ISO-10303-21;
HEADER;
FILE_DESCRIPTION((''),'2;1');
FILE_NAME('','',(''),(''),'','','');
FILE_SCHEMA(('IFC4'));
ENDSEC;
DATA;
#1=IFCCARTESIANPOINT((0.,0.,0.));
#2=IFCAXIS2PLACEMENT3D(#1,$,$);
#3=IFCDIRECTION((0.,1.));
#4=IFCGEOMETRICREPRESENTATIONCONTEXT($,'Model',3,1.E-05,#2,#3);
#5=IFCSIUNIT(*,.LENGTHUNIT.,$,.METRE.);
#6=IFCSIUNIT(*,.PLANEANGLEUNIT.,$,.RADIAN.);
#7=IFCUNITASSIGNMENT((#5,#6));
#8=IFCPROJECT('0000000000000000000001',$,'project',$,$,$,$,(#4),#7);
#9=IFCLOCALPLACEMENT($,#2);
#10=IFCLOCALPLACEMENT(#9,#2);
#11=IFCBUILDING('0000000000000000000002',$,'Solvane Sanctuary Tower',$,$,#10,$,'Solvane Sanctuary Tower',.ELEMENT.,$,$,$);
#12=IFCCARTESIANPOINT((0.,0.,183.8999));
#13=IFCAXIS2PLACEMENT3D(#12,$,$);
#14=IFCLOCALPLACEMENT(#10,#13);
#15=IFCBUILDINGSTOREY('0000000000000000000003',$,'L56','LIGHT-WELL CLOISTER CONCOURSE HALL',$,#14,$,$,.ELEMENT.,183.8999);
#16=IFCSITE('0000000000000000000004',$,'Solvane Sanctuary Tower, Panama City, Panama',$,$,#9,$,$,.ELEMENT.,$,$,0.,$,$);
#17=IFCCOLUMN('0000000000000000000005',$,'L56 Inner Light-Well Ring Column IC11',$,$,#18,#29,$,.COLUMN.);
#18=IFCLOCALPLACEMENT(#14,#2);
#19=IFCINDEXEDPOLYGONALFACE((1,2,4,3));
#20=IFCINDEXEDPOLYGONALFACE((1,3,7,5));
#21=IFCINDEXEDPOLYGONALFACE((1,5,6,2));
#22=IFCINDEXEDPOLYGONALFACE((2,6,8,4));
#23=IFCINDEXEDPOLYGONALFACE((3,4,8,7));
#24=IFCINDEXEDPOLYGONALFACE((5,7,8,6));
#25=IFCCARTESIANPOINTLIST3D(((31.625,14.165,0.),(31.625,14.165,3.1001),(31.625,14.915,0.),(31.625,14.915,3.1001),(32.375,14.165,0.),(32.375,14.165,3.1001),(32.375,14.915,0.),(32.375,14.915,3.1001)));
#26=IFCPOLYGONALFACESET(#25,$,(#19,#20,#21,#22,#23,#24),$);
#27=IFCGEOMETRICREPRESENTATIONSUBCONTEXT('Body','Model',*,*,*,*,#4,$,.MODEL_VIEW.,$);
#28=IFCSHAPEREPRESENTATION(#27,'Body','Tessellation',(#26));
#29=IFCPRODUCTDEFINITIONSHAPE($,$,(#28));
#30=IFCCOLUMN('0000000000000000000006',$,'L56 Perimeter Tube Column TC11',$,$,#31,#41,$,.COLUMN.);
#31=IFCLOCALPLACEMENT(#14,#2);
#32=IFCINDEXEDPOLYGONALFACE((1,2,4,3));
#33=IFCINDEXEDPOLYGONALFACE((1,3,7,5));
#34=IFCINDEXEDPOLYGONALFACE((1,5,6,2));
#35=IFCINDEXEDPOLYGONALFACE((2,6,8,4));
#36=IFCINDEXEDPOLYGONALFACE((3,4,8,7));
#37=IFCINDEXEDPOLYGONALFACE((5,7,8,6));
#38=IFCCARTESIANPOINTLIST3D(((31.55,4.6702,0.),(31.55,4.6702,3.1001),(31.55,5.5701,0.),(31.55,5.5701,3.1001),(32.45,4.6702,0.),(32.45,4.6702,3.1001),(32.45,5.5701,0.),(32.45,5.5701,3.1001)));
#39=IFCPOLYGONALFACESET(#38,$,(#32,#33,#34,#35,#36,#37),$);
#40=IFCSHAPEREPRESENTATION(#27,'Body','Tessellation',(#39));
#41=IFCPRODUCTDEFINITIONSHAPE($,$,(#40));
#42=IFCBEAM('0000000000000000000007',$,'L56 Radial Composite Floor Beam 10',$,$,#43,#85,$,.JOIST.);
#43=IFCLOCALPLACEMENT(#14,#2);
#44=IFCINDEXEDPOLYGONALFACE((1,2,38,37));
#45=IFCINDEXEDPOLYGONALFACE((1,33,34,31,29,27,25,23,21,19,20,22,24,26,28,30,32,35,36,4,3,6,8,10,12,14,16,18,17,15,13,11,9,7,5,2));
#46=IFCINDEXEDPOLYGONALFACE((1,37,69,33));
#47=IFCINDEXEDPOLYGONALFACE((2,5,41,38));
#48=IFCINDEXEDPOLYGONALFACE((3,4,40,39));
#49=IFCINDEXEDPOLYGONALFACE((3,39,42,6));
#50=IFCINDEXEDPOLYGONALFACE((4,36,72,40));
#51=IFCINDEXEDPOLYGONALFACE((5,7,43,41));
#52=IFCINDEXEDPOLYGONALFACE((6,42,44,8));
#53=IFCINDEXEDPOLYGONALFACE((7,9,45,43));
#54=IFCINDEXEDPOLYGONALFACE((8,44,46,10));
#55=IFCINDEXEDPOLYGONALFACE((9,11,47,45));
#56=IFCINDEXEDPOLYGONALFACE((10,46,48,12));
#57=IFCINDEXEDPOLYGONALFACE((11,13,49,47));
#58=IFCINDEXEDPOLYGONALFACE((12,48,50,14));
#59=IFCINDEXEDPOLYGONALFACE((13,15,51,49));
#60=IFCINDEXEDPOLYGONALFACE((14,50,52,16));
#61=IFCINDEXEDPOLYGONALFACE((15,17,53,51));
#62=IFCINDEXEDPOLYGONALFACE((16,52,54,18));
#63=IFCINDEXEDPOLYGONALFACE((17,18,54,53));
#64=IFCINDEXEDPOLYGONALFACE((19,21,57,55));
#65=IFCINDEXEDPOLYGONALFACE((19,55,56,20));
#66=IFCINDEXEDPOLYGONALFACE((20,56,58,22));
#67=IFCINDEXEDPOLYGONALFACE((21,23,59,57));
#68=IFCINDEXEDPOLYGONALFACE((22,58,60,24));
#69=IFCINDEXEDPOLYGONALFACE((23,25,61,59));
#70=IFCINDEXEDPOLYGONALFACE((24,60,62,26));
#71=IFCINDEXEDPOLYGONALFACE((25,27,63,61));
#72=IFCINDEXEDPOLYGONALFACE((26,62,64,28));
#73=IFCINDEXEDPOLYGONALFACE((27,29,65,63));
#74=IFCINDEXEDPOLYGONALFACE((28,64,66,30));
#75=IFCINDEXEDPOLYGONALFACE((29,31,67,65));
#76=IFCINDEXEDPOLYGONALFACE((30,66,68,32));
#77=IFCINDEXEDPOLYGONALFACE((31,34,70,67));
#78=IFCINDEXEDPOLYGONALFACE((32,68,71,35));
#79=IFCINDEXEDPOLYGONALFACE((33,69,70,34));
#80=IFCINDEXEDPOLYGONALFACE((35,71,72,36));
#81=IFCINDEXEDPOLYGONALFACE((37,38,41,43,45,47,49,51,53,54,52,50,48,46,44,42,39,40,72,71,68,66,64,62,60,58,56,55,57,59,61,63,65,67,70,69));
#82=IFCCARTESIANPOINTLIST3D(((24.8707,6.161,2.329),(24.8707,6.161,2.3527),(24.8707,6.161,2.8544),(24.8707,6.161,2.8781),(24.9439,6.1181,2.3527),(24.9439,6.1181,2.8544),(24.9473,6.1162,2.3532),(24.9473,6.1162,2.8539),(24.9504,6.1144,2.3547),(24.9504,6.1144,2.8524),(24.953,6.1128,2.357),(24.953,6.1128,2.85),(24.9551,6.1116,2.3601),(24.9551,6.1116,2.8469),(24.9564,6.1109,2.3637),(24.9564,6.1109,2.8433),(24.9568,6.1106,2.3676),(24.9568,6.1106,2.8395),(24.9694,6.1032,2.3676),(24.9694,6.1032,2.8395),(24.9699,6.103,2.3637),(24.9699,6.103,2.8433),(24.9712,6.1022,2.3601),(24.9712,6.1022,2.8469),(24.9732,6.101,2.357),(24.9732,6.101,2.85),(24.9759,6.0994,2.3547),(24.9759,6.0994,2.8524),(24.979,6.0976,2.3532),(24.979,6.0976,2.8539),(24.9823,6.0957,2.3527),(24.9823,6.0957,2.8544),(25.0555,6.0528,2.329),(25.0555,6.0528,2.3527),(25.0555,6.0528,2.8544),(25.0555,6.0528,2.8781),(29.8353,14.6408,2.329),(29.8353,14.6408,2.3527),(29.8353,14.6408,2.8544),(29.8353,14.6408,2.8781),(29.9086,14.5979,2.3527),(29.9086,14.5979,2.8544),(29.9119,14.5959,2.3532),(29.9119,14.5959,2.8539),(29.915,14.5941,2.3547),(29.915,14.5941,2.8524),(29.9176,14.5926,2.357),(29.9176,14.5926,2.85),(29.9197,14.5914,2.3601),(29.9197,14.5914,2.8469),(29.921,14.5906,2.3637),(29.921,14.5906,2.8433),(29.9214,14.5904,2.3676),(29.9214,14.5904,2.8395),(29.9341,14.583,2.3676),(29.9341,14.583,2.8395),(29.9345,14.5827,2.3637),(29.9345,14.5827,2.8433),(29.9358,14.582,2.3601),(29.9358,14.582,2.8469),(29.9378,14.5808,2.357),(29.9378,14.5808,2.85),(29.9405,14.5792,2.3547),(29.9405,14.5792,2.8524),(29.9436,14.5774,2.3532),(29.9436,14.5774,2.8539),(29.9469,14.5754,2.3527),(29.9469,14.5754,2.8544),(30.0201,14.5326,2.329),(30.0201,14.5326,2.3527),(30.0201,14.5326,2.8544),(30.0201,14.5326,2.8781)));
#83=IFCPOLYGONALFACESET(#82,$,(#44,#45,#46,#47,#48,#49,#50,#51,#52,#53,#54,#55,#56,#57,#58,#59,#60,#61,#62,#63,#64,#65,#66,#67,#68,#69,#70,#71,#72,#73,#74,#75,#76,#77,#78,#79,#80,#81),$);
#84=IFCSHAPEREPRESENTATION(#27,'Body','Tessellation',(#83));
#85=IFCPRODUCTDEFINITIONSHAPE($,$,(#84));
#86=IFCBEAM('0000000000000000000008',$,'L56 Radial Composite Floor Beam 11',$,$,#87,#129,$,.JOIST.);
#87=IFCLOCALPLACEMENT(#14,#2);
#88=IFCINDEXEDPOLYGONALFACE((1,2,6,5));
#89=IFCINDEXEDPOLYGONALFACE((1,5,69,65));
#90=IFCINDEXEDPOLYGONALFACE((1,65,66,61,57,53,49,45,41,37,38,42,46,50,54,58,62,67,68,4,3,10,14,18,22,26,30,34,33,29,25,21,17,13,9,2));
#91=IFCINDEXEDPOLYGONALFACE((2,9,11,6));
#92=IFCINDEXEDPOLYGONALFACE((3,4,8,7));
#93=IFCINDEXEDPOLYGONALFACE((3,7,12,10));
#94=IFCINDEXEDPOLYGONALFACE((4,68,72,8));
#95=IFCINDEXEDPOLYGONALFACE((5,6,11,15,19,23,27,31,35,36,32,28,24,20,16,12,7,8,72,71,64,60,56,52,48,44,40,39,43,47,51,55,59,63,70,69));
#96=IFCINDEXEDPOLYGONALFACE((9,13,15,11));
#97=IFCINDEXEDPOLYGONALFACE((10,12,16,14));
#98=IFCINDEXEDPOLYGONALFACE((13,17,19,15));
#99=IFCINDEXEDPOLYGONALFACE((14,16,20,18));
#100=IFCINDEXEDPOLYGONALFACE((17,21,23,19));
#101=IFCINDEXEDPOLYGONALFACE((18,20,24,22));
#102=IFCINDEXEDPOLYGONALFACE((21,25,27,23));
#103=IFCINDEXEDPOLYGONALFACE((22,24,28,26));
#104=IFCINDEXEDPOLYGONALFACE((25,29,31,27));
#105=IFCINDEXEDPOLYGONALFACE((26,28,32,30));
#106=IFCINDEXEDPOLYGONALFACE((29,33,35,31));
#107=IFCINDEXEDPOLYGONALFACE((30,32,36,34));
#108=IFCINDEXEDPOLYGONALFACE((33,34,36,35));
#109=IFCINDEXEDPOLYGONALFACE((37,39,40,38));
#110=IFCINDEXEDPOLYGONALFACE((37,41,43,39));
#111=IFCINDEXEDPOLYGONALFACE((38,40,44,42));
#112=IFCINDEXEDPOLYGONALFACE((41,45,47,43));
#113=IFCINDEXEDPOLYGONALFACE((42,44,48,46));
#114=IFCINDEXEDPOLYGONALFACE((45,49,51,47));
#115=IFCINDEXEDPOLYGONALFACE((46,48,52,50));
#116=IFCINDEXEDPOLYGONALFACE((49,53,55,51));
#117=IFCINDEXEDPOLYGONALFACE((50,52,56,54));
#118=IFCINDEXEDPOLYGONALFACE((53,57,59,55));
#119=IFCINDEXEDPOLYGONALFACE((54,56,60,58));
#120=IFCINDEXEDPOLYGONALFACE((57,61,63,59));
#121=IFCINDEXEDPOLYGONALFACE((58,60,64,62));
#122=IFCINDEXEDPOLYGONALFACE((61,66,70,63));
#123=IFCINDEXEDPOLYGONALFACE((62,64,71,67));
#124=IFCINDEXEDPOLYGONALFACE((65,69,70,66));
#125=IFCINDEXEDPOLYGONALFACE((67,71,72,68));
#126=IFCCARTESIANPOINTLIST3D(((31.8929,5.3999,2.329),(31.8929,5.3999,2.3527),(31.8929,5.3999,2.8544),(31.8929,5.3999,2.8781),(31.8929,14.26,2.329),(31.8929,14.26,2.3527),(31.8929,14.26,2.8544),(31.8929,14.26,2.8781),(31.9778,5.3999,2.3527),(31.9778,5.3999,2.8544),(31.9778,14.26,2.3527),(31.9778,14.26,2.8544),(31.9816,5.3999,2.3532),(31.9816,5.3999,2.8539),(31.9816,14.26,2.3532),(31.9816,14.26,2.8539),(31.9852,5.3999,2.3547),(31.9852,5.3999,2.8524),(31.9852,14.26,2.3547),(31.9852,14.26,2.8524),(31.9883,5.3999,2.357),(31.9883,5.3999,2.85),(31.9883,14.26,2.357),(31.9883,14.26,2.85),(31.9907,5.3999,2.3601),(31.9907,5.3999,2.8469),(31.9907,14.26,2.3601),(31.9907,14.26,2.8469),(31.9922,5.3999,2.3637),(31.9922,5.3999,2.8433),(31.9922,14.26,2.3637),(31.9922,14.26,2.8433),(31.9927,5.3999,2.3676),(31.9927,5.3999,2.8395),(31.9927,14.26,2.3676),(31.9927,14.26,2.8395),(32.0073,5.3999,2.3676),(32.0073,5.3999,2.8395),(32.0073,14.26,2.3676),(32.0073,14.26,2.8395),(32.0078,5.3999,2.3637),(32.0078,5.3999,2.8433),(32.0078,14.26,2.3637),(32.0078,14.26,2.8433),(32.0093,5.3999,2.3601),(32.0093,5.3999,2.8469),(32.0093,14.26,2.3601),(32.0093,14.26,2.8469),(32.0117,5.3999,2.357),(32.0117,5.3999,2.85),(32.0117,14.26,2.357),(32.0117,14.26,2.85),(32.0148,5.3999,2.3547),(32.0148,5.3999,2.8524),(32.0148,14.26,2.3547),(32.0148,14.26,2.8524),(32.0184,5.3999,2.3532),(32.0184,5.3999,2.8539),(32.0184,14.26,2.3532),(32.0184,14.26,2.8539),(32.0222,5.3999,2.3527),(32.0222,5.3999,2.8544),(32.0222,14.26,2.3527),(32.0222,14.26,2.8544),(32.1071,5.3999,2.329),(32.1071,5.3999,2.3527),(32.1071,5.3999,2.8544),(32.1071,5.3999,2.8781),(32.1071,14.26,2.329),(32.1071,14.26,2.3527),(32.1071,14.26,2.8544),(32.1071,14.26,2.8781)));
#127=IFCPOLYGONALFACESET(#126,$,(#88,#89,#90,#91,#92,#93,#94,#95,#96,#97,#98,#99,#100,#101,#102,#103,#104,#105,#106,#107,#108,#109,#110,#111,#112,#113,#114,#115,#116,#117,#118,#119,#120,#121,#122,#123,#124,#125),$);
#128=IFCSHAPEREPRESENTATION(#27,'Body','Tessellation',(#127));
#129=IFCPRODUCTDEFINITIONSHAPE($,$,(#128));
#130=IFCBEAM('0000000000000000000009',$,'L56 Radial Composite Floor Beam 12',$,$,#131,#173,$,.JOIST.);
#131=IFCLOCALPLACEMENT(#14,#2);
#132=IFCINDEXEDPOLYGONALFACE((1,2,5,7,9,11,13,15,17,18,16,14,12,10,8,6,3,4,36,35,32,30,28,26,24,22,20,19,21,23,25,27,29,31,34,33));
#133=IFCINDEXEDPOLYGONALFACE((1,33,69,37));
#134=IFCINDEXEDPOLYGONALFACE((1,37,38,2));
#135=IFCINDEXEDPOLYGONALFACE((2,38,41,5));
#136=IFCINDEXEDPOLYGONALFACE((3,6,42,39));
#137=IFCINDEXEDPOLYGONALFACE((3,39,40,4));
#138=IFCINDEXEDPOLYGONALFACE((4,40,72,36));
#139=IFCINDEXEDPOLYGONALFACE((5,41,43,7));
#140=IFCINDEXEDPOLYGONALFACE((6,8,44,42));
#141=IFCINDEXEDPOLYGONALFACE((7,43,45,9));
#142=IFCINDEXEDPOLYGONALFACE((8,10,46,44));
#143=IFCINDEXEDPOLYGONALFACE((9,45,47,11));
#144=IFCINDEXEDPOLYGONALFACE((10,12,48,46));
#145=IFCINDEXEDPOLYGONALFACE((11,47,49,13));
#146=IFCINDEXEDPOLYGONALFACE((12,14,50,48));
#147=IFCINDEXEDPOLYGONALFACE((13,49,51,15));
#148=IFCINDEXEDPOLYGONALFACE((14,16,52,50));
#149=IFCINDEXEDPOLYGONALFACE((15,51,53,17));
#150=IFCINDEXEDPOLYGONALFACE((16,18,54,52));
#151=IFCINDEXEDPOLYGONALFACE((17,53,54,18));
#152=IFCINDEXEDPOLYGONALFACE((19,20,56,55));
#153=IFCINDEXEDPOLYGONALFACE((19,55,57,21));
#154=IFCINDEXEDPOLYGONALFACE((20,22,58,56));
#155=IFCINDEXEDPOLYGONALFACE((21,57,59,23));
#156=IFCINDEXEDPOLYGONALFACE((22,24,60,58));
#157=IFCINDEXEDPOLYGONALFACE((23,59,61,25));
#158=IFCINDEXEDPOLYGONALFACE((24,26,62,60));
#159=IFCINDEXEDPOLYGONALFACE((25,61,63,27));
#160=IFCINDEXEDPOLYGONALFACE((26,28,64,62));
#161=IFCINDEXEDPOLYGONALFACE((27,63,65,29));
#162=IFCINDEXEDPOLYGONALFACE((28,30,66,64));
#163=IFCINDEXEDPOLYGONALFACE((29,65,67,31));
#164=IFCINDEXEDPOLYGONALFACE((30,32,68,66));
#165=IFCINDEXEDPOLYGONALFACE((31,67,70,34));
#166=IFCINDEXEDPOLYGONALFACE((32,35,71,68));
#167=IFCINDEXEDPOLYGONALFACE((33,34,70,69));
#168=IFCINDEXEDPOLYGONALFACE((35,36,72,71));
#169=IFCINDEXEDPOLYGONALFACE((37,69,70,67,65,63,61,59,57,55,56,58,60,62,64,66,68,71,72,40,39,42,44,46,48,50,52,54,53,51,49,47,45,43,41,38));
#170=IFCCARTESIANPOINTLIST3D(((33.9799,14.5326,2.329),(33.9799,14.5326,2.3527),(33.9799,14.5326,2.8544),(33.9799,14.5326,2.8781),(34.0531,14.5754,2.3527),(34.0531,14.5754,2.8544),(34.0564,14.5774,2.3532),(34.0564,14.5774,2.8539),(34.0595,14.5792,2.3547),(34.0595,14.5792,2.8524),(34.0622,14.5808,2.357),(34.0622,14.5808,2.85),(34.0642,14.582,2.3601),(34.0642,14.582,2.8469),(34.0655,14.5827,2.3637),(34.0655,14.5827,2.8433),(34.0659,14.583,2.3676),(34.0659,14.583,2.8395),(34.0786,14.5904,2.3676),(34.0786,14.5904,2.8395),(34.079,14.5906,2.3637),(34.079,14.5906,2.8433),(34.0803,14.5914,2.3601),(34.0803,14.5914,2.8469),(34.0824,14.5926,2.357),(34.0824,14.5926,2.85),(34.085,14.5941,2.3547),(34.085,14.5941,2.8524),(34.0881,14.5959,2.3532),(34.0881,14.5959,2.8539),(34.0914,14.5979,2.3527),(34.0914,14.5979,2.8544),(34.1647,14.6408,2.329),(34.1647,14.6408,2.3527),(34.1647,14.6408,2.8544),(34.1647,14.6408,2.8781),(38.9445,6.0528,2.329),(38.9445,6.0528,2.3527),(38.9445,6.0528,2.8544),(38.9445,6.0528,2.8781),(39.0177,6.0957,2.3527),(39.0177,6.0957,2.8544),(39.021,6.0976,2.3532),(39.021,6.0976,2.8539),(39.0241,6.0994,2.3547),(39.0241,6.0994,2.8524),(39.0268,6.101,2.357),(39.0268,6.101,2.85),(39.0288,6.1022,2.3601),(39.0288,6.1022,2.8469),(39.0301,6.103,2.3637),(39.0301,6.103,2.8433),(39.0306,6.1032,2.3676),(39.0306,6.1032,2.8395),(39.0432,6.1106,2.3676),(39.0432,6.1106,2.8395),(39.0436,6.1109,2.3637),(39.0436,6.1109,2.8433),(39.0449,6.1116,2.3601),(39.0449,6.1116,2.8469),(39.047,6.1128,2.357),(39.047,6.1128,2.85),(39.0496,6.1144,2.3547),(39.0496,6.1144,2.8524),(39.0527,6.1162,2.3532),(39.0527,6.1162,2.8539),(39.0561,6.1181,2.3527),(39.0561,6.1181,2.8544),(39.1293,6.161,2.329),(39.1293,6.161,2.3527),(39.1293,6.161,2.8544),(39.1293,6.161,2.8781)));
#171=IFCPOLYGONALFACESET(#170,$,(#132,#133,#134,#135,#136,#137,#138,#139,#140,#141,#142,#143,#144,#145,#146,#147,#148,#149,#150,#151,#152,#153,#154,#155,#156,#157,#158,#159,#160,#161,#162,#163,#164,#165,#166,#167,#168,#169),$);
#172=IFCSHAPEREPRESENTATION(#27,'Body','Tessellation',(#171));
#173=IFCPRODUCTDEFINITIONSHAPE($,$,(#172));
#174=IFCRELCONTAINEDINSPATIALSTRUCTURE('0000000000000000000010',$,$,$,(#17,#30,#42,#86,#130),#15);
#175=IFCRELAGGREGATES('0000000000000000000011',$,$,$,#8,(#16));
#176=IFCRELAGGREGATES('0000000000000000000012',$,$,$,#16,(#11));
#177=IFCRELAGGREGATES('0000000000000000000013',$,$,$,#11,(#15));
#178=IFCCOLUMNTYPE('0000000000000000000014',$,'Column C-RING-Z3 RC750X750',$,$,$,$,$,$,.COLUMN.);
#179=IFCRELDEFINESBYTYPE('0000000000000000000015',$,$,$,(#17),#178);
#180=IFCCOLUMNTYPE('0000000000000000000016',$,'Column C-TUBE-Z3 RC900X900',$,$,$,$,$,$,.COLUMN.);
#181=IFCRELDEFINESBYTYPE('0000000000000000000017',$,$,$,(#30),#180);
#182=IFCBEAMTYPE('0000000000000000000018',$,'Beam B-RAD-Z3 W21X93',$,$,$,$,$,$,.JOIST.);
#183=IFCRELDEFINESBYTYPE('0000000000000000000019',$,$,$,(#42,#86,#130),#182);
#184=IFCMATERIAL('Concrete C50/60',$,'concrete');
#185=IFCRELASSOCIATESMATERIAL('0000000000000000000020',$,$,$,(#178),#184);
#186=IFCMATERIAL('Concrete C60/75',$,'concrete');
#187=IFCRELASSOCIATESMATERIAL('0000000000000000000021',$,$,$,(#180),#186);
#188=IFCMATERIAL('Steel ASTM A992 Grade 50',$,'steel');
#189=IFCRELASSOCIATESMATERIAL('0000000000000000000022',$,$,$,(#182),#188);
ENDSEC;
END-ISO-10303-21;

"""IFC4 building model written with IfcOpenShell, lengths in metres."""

from ifc_helpers import new_model, si_unit, direction, frame, origin, origin_2d, place, context, subcontext, project, spatial, rectangle, i_section, extrude, material, material_profile, profile_set, type_object, element, save


model = new_model("IFC4")

# Units and contexts
model_context = context("Model", 3, precision=1e-05, world=origin(), true_north=direction((0.0, 1.0)))
body_context = subcontext(model_context, "Body", "Model", "MODEL_VIEW")
ifc_project = project(units=[si_unit("LENGTHUNIT", "METRE"), si_unit("PLANEANGLEUNIT", "RADIAN")], contexts=[model_context])

# Site, building, storey
site_placement = place(None, origin())
site = spatial("IfcSite", under=ifc_project, at=site_placement, Name="Solvane Sanctuary Tower, Panama City, Panama", CompositionType="ELEMENT", RefElevation=0.0)
building_placement = place(site_placement, origin())
building = spatial("IfcBuilding", under=site, at=building_placement, Name="Solvane Sanctuary Tower", LongName="Solvane Sanctuary Tower", CompositionType="ELEMENT")
storey_placement = place(building_placement, frame((0.0, 0.0, 183.8999)))
storey = spatial("IfcBuildingStorey", under=building, at=storey_placement, Name="L56", Description="LIGHT-WELL CLOISTER CONCOURSE HALL", CompositionType="ELEMENT", Elevation=183.8999)

# Columns
ifc_material_1 = material(Name="Concrete C50/60", Category="concrete")
ifc_material_profile_1 = material_profile(ifc_material_1, rectangle(XDim=0.75, YDim=0.75, at=origin_2d()), Name="RC750X750")
ifc_profile_set_1 = profile_set([ifc_material_profile_1], Name="Concrete C50/60")
column_type_1 = type_object("IfcColumnType", Name="Column C-RING-Z3 RC750X750", PredefinedType="COLUMN", material=ifc_profile_set_1)
column_1_placement = place(storey_placement, frame((32.0, 14.54, 0.0), z_axis=(0.0, 0.0, 1.0), x_axis=(1.0, 0.0, 0.0)))
element("IfcColumn", 1, at=column_1_placement, inside=storey, type_object=column_type_1, Name="L56 Inner Light-Well Ring Column IC11", PredefinedType="COLUMN", context=body_context, shape_type="SweptSolid", body=[
    extrude(rectangle(XDim=0.75, YDim=0.75, at=origin_2d()), origin(), (0.0, 0.0, 1.0), 3.1001),
])
ifc_material_2 = material(Name="Concrete C60/75", Category="concrete")
ifc_material_profile_2 = material_profile(ifc_material_2, rectangle(XDim=0.8999, YDim=0.8999, at=origin_2d()), Name="RC900X900")
ifc_profile_set_2 = profile_set([ifc_material_profile_2], Name="Concrete C60/75")
column_type_2 = type_object("IfcColumnType", Name="Column C-TUBE-Z3 RC900X900", PredefinedType="COLUMN", material=ifc_profile_set_2)
column_2_placement = place(storey_placement, frame((32.0, 5.1201, 0.0), z_axis=(0.0, 0.0, 1.0), x_axis=(0.0, -1.0, 0.0)))
element("IfcColumn", 2, at=column_2_placement, inside=storey, type_object=column_type_2, Name="L56 Perimeter Tube Column TC11", PredefinedType="COLUMN", context=body_context, shape_type="SweptSolid", body=[
    extrude(rectangle(XDim=0.8999, YDim=0.8999, at=origin_2d()), origin(), (0.0, 0.0, 1.0), 3.1001),
])

# Beams
ifc_material_3 = material(Name="Steel ASTM A992 Grade 50", Category="steel")
ifc_material_profile_3 = material_profile(ifc_material_3, i_section(OverallWidth=0.2141, OverallDepth=0.5491, WebThickness=0.0146, FlangeThickness=0.0237, FilletRadius=0.0149, at=origin_2d()), Name="W21X93")
ifc_profile_set_3 = profile_set([ifc_material_profile_3], Name="Steel ASTM A992 Grade 50")
beam_type_1 = type_object("IfcBeamType", Name="Beam B-RAD-Z3 W21X93", PredefinedType="JOIST", material=ifc_profile_set_3)
beam_1_placement = place(storey_placement, frame((29.9277, 14.5867, 2.6035), z_axis=(-0.505244, -0.862977, 0.0), x_axis=(0.862977, -0.505244, 0.0)))
element("IfcBeam", 3, at=beam_1_placement, inside=storey, type_object=beam_type_1, Name="L56 Radial Composite Floor Beam 10", PredefinedType="JOIST", context=body_context, shape_type="SweptSolid", body=[
    extrude(i_section(OverallWidth=0.2141, OverallDepth=0.5491, WebThickness=0.0146, FlangeThickness=0.0237, FilletRadius=0.0149, at=origin_2d()), origin(), (0.0, 0.0, 1.0), 9.8262),
])
beam_2_placement = place(storey_placement, frame((32.0, 14.26, 2.6035), z_axis=(0.0, -1.0, 0.0), x_axis=(1.0, 0.0, 0.0)))
element("IfcBeam", 4, at=beam_2_placement, inside=storey, type_object=beam_type_1, Name="L56 Radial Composite Floor Beam 11", PredefinedType="JOIST", context=body_context, shape_type="SweptSolid", body=[
    extrude(i_section(OverallWidth=0.2141, OverallDepth=0.5491, WebThickness=0.0146, FlangeThickness=0.0237, FilletRadius=0.0149, at=origin_2d()), origin(), (0.0, 0.0, 1.0), 8.8601),
])
beam_3_placement = place(storey_placement, frame((34.0723, 14.5867, 2.6035), z_axis=(0.505244, -0.862977, 0.0), x_axis=(0.862977, 0.505244, 0.0)))
element("IfcBeam", 5, at=beam_3_placement, inside=storey, type_object=beam_type_1, Name="L56 Radial Composite Floor Beam 12", PredefinedType="JOIST", context=body_context, shape_type="SweptSolid", body=[
    extrude(i_section(OverallWidth=0.2141, OverallDepth=0.5491, WebThickness=0.0146, FlangeThickness=0.0237, FilletRadius=0.0149, at=origin_2d()), origin(), (0.0, 0.0, 1.0), 9.8262),
])

save(model, "model.ifc")
